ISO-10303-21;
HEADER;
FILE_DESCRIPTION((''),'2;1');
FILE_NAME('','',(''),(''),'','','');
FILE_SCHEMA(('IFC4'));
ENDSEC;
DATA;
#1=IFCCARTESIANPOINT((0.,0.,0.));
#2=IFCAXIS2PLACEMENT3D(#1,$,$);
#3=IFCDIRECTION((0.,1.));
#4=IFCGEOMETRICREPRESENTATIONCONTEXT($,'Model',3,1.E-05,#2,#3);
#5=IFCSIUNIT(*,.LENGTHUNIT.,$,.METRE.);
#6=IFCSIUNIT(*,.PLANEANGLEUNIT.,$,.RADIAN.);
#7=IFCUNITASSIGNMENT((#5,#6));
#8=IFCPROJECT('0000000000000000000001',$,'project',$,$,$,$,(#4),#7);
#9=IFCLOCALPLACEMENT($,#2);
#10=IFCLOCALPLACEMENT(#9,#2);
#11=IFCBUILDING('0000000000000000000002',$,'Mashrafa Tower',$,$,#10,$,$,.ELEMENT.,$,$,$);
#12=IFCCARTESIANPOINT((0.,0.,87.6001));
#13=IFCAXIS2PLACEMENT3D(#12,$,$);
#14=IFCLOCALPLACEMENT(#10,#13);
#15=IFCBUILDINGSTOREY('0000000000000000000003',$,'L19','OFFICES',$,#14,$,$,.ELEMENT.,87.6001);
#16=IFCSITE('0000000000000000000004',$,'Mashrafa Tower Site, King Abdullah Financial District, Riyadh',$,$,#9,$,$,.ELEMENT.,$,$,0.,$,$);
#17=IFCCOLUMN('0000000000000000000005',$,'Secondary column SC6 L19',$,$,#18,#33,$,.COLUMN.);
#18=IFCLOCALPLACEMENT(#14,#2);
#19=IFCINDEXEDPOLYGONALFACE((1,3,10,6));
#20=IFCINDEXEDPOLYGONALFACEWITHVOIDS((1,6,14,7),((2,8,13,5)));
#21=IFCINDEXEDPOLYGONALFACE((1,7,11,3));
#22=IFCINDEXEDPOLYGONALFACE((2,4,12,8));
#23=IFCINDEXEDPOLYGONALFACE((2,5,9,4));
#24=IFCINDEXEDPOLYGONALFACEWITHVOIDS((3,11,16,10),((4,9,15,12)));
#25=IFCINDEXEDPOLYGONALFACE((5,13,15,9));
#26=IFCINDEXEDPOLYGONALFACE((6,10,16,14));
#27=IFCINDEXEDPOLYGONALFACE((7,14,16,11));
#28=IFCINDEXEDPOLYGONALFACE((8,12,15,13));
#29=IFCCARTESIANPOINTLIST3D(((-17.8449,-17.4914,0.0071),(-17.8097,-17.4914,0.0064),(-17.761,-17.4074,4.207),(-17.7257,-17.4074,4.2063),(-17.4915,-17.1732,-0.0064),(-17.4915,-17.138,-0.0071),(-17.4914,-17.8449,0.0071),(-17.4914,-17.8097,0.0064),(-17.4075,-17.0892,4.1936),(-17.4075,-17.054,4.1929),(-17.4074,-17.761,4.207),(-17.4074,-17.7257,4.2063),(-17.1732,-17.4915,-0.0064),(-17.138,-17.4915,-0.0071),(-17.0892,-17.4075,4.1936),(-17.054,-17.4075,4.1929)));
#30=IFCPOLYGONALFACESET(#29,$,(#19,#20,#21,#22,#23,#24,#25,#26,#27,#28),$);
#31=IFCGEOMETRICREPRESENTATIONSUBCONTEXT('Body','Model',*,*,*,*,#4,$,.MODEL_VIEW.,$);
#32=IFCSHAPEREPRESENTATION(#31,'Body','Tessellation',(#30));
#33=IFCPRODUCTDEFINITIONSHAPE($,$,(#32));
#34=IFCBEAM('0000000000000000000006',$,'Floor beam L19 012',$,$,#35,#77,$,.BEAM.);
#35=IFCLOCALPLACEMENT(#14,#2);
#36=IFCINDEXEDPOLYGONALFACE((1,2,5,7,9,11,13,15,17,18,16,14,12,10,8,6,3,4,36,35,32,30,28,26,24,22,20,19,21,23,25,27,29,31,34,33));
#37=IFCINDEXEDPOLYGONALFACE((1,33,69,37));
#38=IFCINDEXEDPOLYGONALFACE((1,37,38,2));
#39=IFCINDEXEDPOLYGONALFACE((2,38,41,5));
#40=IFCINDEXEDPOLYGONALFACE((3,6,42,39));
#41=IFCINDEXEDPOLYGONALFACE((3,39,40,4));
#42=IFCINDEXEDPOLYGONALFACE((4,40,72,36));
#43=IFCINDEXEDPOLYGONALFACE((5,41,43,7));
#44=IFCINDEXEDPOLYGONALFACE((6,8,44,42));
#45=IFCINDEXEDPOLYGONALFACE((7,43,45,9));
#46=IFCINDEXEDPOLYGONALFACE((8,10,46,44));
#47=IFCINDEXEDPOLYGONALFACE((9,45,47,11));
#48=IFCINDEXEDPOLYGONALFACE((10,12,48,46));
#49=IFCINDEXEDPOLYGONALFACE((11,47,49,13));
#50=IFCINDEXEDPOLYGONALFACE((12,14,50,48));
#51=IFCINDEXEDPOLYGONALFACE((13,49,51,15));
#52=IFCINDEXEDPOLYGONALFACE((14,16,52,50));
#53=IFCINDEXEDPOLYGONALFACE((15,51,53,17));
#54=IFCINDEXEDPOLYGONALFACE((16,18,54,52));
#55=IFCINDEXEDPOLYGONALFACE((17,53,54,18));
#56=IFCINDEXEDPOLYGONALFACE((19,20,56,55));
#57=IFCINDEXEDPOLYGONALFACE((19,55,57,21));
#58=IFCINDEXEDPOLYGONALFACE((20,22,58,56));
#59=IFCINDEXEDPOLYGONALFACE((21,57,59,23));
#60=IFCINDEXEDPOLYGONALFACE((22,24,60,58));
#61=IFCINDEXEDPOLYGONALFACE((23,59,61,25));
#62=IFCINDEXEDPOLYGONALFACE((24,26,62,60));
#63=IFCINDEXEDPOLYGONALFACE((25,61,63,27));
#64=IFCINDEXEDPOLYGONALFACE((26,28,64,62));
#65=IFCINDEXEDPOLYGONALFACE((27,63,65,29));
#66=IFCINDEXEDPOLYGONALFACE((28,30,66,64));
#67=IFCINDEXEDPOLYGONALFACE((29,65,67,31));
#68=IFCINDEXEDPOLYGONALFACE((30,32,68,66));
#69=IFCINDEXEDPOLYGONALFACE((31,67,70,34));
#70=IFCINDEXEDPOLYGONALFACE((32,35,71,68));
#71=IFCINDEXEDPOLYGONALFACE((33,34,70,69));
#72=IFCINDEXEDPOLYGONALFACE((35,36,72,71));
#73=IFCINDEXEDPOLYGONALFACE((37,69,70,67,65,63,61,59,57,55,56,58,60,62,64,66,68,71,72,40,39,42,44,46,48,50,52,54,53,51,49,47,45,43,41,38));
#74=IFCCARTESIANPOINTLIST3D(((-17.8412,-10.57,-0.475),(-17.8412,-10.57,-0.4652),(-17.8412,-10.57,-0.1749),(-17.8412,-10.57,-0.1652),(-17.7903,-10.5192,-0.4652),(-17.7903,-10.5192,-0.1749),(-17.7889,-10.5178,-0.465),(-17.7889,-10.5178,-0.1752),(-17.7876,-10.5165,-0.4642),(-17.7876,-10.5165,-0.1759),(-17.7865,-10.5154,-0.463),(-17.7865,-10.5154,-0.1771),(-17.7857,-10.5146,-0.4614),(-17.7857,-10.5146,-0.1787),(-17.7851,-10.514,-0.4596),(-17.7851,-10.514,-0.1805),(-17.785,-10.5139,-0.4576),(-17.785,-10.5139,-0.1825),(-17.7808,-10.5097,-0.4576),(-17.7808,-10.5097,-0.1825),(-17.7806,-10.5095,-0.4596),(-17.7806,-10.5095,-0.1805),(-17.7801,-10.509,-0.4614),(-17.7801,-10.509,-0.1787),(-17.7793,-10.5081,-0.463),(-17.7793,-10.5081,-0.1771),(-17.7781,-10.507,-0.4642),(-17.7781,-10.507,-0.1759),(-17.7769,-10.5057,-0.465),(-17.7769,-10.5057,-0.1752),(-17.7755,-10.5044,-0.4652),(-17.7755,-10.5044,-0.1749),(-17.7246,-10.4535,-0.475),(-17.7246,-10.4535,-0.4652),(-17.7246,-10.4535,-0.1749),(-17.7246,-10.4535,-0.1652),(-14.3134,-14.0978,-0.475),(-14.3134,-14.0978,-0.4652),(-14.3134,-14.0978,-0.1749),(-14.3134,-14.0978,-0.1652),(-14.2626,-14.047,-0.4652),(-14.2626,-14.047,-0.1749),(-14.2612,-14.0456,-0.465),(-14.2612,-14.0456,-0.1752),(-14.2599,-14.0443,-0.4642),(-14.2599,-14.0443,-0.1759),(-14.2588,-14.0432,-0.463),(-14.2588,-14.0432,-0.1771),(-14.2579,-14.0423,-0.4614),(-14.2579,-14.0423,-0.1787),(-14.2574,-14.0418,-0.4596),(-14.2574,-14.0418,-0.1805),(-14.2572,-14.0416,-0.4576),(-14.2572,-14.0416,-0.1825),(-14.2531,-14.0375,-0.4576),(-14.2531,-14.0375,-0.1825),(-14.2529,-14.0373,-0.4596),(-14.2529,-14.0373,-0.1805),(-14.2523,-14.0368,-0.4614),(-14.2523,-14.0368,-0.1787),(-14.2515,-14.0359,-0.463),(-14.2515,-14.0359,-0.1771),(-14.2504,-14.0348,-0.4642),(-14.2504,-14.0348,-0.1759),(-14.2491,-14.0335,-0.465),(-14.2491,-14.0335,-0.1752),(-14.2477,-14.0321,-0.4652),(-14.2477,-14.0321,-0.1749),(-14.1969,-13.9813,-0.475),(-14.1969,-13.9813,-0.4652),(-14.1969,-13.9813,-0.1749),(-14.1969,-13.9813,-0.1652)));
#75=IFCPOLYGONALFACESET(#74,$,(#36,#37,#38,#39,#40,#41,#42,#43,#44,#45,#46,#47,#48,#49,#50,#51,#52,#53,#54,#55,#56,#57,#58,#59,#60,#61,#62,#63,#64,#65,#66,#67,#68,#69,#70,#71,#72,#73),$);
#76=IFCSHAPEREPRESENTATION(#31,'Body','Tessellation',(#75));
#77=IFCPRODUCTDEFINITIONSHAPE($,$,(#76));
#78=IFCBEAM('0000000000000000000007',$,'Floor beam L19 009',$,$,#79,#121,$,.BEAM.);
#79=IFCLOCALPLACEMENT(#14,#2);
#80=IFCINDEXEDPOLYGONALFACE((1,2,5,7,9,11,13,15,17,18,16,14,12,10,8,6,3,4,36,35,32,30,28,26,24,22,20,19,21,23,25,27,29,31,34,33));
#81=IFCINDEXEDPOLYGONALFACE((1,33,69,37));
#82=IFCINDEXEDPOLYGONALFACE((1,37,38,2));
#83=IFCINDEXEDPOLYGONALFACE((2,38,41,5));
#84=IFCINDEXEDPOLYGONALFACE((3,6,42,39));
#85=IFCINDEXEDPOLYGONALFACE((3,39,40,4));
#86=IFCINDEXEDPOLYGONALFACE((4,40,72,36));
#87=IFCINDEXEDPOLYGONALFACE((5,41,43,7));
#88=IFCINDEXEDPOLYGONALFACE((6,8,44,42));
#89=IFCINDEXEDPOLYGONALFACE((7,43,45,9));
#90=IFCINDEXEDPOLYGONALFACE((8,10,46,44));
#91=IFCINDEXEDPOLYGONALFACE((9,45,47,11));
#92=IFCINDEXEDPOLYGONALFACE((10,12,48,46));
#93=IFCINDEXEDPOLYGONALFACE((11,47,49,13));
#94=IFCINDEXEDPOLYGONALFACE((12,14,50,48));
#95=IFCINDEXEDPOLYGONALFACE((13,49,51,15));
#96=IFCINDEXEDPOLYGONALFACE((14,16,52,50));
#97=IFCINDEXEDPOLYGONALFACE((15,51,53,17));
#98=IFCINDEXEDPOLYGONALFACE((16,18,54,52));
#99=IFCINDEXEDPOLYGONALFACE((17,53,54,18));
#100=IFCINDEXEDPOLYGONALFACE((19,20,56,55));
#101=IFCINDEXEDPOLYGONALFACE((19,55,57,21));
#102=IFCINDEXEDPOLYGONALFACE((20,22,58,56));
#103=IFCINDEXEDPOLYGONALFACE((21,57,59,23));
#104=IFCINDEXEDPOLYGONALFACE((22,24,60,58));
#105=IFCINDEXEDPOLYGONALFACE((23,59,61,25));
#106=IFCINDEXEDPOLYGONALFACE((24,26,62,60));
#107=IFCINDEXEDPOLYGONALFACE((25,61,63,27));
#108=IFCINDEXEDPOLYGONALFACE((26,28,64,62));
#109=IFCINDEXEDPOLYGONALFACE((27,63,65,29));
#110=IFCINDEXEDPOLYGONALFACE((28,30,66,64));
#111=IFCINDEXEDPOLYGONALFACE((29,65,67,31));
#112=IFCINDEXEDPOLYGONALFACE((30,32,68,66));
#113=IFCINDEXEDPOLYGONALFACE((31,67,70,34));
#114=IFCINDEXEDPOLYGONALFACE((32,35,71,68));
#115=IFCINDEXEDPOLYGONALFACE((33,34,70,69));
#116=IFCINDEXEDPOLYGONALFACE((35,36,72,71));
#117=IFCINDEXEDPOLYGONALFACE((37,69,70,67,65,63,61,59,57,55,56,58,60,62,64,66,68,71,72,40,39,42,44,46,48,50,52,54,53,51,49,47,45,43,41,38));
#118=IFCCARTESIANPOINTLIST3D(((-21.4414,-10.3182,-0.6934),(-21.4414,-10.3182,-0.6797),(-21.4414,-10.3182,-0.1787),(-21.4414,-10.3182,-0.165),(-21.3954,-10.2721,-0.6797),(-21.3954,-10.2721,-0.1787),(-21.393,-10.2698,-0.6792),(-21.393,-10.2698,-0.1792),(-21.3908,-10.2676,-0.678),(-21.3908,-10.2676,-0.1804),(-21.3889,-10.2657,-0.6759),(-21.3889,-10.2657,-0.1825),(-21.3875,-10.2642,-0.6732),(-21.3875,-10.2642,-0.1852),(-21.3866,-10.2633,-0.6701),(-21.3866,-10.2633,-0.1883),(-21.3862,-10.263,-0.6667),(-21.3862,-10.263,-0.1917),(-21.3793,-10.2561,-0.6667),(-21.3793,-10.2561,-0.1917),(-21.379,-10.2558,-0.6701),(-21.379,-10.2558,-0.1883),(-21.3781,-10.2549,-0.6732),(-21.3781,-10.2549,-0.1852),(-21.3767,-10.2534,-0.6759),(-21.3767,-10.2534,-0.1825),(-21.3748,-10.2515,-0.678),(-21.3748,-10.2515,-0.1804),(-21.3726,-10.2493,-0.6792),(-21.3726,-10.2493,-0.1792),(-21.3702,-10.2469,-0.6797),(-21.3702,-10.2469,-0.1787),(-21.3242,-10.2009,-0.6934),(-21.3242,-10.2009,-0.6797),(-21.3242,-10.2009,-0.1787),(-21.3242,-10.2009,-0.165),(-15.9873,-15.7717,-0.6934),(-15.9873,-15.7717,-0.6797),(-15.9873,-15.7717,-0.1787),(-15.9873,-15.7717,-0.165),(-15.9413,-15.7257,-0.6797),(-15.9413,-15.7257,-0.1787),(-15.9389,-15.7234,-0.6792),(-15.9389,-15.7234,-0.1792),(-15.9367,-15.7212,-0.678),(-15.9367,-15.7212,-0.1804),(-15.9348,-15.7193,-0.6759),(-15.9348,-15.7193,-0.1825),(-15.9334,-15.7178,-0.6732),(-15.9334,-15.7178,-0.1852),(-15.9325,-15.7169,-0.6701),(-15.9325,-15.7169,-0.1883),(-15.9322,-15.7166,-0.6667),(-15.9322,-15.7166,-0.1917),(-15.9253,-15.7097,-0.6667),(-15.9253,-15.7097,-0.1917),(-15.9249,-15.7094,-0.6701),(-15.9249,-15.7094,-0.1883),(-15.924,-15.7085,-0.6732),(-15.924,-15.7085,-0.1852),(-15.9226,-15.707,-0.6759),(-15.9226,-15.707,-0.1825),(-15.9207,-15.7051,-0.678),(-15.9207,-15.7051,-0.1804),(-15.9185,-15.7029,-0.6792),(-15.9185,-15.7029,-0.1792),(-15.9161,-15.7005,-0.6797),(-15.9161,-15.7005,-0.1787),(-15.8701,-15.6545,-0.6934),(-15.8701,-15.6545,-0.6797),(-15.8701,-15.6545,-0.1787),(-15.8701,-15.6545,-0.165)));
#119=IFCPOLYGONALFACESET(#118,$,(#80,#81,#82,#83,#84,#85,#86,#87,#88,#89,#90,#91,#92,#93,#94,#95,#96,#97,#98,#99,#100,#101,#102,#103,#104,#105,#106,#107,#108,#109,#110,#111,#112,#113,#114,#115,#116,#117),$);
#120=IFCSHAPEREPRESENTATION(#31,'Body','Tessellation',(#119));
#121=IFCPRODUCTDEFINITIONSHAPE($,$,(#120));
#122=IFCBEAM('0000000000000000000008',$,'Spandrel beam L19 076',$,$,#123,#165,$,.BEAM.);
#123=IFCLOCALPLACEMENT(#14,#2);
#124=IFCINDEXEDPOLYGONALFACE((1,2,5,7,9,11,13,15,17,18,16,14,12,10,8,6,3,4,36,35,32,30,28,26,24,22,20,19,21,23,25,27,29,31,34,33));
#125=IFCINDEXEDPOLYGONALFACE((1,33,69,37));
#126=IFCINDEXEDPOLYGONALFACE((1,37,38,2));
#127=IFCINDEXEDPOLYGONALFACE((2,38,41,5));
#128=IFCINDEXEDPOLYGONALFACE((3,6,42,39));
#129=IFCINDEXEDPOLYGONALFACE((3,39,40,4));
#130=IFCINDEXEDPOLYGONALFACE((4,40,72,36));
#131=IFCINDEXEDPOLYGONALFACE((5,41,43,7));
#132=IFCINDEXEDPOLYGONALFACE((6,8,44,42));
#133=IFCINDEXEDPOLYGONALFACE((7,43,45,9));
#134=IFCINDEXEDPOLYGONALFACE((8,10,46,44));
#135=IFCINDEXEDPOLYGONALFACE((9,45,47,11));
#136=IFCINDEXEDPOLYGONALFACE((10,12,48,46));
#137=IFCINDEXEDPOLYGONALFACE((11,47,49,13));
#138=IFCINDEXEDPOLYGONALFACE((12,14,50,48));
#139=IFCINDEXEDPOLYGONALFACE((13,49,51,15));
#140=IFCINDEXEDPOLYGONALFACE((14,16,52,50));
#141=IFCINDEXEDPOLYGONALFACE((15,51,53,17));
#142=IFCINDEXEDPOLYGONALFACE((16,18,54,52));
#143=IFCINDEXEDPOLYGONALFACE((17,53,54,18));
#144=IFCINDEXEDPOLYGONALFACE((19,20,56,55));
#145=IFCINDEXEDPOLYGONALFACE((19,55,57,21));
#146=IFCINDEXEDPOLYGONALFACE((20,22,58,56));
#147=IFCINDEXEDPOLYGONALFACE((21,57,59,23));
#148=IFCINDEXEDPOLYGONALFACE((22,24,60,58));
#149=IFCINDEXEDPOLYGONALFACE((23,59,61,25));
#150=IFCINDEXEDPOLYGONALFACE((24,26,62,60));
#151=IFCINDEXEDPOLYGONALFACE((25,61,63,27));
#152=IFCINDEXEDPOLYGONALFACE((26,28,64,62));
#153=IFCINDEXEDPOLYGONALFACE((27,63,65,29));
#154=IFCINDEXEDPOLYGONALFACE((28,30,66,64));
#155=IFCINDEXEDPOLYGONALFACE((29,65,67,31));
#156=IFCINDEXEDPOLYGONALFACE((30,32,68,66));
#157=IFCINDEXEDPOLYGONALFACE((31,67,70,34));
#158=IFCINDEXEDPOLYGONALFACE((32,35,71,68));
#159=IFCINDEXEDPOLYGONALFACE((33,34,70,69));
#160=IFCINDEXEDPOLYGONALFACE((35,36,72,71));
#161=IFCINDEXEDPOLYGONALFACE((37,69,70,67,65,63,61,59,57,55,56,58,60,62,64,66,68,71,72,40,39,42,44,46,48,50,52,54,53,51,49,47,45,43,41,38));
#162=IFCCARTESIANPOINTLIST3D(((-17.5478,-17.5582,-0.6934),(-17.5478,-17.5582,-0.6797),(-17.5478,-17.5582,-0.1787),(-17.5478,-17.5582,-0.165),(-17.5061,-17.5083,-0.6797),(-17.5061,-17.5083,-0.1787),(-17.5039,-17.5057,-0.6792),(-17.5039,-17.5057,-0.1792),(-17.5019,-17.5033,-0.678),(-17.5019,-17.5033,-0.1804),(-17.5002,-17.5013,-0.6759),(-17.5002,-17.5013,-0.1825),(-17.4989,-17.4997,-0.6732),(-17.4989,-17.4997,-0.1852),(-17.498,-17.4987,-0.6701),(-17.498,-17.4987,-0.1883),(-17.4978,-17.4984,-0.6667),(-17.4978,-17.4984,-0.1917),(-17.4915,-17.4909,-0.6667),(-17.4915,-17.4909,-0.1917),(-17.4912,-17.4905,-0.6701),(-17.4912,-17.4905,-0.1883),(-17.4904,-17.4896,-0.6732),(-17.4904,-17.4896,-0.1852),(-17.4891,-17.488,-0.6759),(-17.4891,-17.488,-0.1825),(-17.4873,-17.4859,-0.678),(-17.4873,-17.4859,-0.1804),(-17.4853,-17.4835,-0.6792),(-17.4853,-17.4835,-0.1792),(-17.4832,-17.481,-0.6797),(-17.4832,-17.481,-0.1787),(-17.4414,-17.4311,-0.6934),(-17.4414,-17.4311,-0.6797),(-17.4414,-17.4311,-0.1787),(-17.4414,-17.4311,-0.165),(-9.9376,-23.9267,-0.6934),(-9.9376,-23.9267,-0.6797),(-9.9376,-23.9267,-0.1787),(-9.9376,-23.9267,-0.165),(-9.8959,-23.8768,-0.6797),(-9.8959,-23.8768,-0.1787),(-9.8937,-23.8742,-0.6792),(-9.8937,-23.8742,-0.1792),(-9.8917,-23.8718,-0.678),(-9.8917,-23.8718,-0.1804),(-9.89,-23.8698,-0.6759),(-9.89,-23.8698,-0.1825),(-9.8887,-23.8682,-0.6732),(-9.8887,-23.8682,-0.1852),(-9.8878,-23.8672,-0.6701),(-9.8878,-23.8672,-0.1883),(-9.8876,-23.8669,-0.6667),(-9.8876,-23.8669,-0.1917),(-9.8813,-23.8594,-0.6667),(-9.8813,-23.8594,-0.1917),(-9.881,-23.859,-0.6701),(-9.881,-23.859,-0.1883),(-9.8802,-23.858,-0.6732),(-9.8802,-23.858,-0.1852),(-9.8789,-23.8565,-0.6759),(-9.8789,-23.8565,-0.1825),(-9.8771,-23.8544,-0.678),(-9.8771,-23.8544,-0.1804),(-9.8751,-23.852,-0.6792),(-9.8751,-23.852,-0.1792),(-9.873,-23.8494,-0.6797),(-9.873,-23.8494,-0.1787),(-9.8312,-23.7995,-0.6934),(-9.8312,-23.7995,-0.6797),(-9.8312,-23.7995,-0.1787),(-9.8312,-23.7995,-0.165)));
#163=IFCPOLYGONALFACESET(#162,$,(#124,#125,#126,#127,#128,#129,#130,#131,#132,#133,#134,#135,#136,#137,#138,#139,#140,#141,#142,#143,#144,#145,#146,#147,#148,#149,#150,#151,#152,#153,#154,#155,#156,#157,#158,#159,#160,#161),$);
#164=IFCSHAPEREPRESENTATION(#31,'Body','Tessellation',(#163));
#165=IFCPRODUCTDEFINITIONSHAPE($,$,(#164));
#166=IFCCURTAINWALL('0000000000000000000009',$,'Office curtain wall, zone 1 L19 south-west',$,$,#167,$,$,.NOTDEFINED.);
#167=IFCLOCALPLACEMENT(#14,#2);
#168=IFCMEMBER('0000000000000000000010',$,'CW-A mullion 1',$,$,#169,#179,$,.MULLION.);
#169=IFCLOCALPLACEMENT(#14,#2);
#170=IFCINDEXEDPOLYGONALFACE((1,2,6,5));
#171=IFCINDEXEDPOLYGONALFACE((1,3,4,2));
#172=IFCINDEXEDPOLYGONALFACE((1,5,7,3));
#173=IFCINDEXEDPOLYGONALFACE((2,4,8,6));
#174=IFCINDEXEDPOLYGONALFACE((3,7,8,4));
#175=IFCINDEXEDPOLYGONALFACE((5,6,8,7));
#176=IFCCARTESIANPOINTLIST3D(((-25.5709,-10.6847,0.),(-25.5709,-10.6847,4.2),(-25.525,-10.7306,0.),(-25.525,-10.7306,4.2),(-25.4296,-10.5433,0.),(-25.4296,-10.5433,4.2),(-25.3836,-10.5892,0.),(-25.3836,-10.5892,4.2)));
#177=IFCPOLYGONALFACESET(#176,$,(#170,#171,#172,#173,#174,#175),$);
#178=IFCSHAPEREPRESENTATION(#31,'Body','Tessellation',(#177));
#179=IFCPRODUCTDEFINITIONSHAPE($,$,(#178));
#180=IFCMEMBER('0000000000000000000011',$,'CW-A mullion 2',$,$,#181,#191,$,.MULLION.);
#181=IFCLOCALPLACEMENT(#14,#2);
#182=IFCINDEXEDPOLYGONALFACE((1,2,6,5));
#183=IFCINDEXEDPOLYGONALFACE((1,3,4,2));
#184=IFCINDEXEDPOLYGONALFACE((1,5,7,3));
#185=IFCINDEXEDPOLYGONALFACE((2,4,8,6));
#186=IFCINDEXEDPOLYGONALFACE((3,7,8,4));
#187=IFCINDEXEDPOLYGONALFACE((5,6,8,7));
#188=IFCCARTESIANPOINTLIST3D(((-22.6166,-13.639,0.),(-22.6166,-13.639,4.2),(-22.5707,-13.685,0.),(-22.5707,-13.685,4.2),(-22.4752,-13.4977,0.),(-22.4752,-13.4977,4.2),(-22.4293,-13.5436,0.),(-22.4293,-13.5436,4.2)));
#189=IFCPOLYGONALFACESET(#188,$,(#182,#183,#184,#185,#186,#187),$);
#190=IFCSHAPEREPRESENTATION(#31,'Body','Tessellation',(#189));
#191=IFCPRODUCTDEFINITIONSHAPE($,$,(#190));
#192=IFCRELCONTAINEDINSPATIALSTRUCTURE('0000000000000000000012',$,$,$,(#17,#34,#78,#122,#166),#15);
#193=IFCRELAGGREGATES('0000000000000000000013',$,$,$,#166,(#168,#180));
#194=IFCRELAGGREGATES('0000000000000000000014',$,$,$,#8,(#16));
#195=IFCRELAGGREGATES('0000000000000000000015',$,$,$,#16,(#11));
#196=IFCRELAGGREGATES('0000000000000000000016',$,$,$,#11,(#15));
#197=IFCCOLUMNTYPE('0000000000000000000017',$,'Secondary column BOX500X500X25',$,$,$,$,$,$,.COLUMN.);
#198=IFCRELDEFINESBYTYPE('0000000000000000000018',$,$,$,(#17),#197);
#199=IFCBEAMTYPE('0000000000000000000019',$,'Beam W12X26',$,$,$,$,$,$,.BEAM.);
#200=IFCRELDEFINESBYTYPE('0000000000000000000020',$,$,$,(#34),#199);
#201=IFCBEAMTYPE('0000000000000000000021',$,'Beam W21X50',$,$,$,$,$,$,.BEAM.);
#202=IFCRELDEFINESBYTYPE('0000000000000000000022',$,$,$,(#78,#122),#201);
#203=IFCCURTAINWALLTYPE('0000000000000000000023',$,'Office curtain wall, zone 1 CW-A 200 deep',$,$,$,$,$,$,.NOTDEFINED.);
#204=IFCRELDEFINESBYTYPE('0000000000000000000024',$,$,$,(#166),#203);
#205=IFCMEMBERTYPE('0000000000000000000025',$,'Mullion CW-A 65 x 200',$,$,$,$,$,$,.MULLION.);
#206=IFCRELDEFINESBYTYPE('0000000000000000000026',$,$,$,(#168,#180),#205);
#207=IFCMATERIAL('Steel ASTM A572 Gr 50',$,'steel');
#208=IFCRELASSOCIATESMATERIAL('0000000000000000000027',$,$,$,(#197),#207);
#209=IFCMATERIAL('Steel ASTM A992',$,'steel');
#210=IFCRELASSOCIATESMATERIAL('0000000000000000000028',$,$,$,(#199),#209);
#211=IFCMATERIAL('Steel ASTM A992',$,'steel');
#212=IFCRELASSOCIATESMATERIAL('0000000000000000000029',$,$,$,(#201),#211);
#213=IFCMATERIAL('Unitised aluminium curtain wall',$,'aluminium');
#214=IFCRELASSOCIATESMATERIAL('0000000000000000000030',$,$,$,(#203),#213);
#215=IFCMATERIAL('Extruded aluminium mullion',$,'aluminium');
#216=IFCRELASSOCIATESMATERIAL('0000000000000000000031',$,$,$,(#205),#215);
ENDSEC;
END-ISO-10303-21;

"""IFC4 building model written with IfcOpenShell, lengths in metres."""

from ifc_helpers import new_model, si_unit, direction, frame, origin, origin_2d, place, context, subcontext, project, spatial, rectangle, hollow_rectangle, i_section, extrude, source, transform, mapped, material, material_profile, profile_set, type_object, type_shapes, element, aggregate, save


model = new_model("IFC4")

# Units and contexts
model_context = context("Model", 3, precision=1e-05, world=origin(), true_north=direction((0.0, 1.0)))
body_context = subcontext(model_context, "Body", "Model", "MODEL_VIEW")
ifc_project = project(units=[si_unit("LENGTHUNIT", "METRE"), si_unit("PLANEANGLEUNIT", "RADIAN")], contexts=[model_context])

# Site, building, storey
site_placement = place(None, origin())
site = spatial("IfcSite", under=ifc_project, at=site_placement, Name="Mashrafa Tower Site, King Abdullah Financial District, Riyadh", CompositionType="ELEMENT", RefElevation=0.0)
building_placement = place(site_placement, origin())
building = spatial("IfcBuilding", under=site, at=building_placement, Name="Mashrafa Tower", CompositionType="ELEMENT")
storey_placement = place(building_placement, frame((0.0, 0.0, 87.6001)))
storey = spatial("IfcBuildingStorey", under=building, at=storey_placement, Name="L19", Description="OFFICES", CompositionType="ELEMENT", Elevation=87.6001)

# Column
ifc_material_1 = material(Name="Steel ASTM A572 Gr 50", Category="steel")
ifc_material_profile_1 = material_profile(ifc_material_1, hollow_rectangle(XDim=0.5, YDim=0.5, WallThickness=0.0249, at=origin_2d()), Name="BOX500X500X25")
ifc_profile_set_1 = profile_set([ifc_material_profile_1], Name="Steel ASTM A572 Gr 50")
column_type = type_object("IfcColumnType", Name="Secondary column BOX500X500X25", PredefinedType="COLUMN", material=ifc_profile_set_1)
column_placement = place(storey_placement, frame((-17.4915, -17.4915, 0.0), z_axis=(0.019989, 0.019989, 0.9996), x_axis=(-0.707107, 0.707107, 0.0)))
element("IfcColumn", 1, at=column_placement, inside=storey, type_object=column_type, Name="Secondary column SC6 L19", PredefinedType="COLUMN", context=body_context, shape_type="SweptSolid", body=[
    extrude(hollow_rectangle(XDim=0.5, YDim=0.5, WallThickness=0.0249, at=origin_2d()), origin(), (0.0, 0.0, 1.0), 4.2017),
])

# Beams
ifc_material_2 = material(Name="Steel ASTM A992", Category="steel")
ifc_material_profile_2 = material_profile(ifc_material_2, i_section(OverallWidth=0.1648, OverallDepth=0.3098, WebThickness=0.0059, FlangeThickness=0.0098, FilletRadius=0.0076, at=origin_2d()), Name="W12X26")
ifc_profile_set_2 = profile_set([ifc_material_profile_2], Name="Steel ASTM A992")
beam_type_1 = type_object("IfcBeamType", Name="Beam W12X26", PredefinedType="BEAM", material=ifc_profile_set_2)
beam_1_placement = place(storey_placement, frame((-14.2551, -14.0396, -0.3201), z_axis=(-0.707107, 0.707107, 0.0), x_axis=(-0.707107, -0.707107, 0.0)))
element("IfcBeam", 2, at=beam_1_placement, inside=storey, type_object=beam_type_1, Name="Floor beam L19 012", PredefinedType="BEAM", context=body_context, shape_type="SweptSolid", body=[
    extrude(i_section(OverallWidth=0.1648, OverallDepth=0.3098, WebThickness=0.0059, FlangeThickness=0.0098, FilletRadius=0.0076, at=origin_2d()), origin(), (0.0, 0.0, 1.0), 4.989),
])
ifc_material_3 = material(Name="Steel ASTM A992", Category="steel")
ifc_material_profile_3 = material_profile(ifc_material_3, i_section(OverallWidth=0.1658, OverallDepth=0.5283, WebThickness=0.0098, FlangeThickness=0.0137, FilletRadius=0.0129, at=origin_2d()), Name="W21X50")
ifc_profile_set_3 = profile_set([ifc_material_profile_3], Name="Steel ASTM A992")
beam_type_2 = type_object("IfcBeamType", Name="Beam W21X50", PredefinedType="BEAM", material=ifc_profile_set_3)
beam_2_placement = place(storey_placement, frame((-15.9287, -15.7131, -0.4292), z_axis=(-0.707138, 0.707075, 0.0), x_axis=(-0.707075, -0.707138, 0.0)))
element("IfcBeam", 3, at=beam_2_placement, inside=storey, type_object=beam_type_2, Name="Floor beam L19 009", PredefinedType="BEAM", context=body_context, shape_type="SweptSolid", body=[
    extrude(i_section(OverallWidth=0.1658, OverallDepth=0.5283, WebThickness=0.0098, FlangeThickness=0.0137, FilletRadius=0.0129, at=origin_2d()), origin(), (0.0, 0.0, 1.0), 7.7129),
])
beam_3_placement = place(storey_placement, frame((-17.4946, -17.4946, -0.4292), z_axis=(0.766899, -0.641768, 0.0), x_axis=(0.641768, 0.766899, 0.0)))
element("IfcBeam", 4, at=beam_3_placement, inside=storey, type_object=beam_type_2, Name="Spandrel beam L19 076", PredefinedType="BEAM", context=body_context, shape_type="SweptSolid", body=[
    extrude(i_section(OverallWidth=0.1658, OverallDepth=0.5283, WebThickness=0.0098, FlangeThickness=0.0137, FilletRadius=0.0129, at=origin_2d()), origin(), (0.0, 0.0, 1.0), 9.9233),
])

# Curtain wall, members
ifc_material_4 = material(Name="Unitised aluminium curtain wall", Category="aluminium")
curtain_wall_type = type_object("IfcCurtainWallType", Name="Office curtain wall, zone 1 CW-A 200 deep", PredefinedType="NOTDEFINED", material=ifc_material_4)
curtain_wall_placement = place(storey_placement, origin())
curtain_wall = element("IfcCurtainWall", 5, at=curtain_wall_placement, inside=storey, type_object=curtain_wall_type, Name="Office curtain wall, zone 1 L19 south-west", PredefinedType="NOTDEFINED")
ifc_material_5 = material(Name="Extruded aluminium mullion", Category="aluminium")
ifc_material_profile_4 = material_profile(ifc_material_5, rectangle(XDim=0.2, YDim=0.0649, at=origin_2d()), Name="Mullion 65x200")
ifc_profile_set_4 = profile_set([ifc_material_profile_4], Name="Extruded aluminium mullion")
member_type_1 = type_object("IfcMemberType", Name="Mullion CW-A 65 x 200", PredefinedType="MULLION", material=ifc_profile_set_4)
shared_shape_1 = source(origin(), body_context, "Body", "SweptSolid", [
    extrude(rectangle(XDim=0.2, YDim=0.0649, at=origin_2d()), origin(), (0.0, 0.0, 1.0), 4.2),
])
type_shapes(member_type_1, [shared_shape_1])
member_1_placement = place(storey_placement, frame((-25.4773, -10.637, 0.0), z_axis=(0.0, 0.0, 1.0), x_axis=(0.707107, 0.707107, 0.0)))
member_1 = element("IfcMember", 6, at=member_1_placement, type_object=member_type_1, Name="CW-A mullion 1", PredefinedType="MULLION", context=body_context, shape_type="MappedRepresentation", body=[
    mapped(shared_shape_1, transform((0.0, 0.0, 0.0))),
])
member_2_placement = place(storey_placement, frame((-22.5229, -13.5913, 0.0), z_axis=(0.0, 0.0, 1.0), x_axis=(0.707107, 0.707107, 0.0)))
member_2 = element("IfcMember", 7, at=member_2_placement, type_object=member_type_1, Name="CW-A mullion 2", PredefinedType="MULLION", context=body_context, shape_type="MappedRepresentation", body=[
    mapped(shared_shape_1, transform((0.0, 0.0, 0.0))),
])
aggregate(curtain_wall, [member_1, member_2])

save(model, "model.ifc")
